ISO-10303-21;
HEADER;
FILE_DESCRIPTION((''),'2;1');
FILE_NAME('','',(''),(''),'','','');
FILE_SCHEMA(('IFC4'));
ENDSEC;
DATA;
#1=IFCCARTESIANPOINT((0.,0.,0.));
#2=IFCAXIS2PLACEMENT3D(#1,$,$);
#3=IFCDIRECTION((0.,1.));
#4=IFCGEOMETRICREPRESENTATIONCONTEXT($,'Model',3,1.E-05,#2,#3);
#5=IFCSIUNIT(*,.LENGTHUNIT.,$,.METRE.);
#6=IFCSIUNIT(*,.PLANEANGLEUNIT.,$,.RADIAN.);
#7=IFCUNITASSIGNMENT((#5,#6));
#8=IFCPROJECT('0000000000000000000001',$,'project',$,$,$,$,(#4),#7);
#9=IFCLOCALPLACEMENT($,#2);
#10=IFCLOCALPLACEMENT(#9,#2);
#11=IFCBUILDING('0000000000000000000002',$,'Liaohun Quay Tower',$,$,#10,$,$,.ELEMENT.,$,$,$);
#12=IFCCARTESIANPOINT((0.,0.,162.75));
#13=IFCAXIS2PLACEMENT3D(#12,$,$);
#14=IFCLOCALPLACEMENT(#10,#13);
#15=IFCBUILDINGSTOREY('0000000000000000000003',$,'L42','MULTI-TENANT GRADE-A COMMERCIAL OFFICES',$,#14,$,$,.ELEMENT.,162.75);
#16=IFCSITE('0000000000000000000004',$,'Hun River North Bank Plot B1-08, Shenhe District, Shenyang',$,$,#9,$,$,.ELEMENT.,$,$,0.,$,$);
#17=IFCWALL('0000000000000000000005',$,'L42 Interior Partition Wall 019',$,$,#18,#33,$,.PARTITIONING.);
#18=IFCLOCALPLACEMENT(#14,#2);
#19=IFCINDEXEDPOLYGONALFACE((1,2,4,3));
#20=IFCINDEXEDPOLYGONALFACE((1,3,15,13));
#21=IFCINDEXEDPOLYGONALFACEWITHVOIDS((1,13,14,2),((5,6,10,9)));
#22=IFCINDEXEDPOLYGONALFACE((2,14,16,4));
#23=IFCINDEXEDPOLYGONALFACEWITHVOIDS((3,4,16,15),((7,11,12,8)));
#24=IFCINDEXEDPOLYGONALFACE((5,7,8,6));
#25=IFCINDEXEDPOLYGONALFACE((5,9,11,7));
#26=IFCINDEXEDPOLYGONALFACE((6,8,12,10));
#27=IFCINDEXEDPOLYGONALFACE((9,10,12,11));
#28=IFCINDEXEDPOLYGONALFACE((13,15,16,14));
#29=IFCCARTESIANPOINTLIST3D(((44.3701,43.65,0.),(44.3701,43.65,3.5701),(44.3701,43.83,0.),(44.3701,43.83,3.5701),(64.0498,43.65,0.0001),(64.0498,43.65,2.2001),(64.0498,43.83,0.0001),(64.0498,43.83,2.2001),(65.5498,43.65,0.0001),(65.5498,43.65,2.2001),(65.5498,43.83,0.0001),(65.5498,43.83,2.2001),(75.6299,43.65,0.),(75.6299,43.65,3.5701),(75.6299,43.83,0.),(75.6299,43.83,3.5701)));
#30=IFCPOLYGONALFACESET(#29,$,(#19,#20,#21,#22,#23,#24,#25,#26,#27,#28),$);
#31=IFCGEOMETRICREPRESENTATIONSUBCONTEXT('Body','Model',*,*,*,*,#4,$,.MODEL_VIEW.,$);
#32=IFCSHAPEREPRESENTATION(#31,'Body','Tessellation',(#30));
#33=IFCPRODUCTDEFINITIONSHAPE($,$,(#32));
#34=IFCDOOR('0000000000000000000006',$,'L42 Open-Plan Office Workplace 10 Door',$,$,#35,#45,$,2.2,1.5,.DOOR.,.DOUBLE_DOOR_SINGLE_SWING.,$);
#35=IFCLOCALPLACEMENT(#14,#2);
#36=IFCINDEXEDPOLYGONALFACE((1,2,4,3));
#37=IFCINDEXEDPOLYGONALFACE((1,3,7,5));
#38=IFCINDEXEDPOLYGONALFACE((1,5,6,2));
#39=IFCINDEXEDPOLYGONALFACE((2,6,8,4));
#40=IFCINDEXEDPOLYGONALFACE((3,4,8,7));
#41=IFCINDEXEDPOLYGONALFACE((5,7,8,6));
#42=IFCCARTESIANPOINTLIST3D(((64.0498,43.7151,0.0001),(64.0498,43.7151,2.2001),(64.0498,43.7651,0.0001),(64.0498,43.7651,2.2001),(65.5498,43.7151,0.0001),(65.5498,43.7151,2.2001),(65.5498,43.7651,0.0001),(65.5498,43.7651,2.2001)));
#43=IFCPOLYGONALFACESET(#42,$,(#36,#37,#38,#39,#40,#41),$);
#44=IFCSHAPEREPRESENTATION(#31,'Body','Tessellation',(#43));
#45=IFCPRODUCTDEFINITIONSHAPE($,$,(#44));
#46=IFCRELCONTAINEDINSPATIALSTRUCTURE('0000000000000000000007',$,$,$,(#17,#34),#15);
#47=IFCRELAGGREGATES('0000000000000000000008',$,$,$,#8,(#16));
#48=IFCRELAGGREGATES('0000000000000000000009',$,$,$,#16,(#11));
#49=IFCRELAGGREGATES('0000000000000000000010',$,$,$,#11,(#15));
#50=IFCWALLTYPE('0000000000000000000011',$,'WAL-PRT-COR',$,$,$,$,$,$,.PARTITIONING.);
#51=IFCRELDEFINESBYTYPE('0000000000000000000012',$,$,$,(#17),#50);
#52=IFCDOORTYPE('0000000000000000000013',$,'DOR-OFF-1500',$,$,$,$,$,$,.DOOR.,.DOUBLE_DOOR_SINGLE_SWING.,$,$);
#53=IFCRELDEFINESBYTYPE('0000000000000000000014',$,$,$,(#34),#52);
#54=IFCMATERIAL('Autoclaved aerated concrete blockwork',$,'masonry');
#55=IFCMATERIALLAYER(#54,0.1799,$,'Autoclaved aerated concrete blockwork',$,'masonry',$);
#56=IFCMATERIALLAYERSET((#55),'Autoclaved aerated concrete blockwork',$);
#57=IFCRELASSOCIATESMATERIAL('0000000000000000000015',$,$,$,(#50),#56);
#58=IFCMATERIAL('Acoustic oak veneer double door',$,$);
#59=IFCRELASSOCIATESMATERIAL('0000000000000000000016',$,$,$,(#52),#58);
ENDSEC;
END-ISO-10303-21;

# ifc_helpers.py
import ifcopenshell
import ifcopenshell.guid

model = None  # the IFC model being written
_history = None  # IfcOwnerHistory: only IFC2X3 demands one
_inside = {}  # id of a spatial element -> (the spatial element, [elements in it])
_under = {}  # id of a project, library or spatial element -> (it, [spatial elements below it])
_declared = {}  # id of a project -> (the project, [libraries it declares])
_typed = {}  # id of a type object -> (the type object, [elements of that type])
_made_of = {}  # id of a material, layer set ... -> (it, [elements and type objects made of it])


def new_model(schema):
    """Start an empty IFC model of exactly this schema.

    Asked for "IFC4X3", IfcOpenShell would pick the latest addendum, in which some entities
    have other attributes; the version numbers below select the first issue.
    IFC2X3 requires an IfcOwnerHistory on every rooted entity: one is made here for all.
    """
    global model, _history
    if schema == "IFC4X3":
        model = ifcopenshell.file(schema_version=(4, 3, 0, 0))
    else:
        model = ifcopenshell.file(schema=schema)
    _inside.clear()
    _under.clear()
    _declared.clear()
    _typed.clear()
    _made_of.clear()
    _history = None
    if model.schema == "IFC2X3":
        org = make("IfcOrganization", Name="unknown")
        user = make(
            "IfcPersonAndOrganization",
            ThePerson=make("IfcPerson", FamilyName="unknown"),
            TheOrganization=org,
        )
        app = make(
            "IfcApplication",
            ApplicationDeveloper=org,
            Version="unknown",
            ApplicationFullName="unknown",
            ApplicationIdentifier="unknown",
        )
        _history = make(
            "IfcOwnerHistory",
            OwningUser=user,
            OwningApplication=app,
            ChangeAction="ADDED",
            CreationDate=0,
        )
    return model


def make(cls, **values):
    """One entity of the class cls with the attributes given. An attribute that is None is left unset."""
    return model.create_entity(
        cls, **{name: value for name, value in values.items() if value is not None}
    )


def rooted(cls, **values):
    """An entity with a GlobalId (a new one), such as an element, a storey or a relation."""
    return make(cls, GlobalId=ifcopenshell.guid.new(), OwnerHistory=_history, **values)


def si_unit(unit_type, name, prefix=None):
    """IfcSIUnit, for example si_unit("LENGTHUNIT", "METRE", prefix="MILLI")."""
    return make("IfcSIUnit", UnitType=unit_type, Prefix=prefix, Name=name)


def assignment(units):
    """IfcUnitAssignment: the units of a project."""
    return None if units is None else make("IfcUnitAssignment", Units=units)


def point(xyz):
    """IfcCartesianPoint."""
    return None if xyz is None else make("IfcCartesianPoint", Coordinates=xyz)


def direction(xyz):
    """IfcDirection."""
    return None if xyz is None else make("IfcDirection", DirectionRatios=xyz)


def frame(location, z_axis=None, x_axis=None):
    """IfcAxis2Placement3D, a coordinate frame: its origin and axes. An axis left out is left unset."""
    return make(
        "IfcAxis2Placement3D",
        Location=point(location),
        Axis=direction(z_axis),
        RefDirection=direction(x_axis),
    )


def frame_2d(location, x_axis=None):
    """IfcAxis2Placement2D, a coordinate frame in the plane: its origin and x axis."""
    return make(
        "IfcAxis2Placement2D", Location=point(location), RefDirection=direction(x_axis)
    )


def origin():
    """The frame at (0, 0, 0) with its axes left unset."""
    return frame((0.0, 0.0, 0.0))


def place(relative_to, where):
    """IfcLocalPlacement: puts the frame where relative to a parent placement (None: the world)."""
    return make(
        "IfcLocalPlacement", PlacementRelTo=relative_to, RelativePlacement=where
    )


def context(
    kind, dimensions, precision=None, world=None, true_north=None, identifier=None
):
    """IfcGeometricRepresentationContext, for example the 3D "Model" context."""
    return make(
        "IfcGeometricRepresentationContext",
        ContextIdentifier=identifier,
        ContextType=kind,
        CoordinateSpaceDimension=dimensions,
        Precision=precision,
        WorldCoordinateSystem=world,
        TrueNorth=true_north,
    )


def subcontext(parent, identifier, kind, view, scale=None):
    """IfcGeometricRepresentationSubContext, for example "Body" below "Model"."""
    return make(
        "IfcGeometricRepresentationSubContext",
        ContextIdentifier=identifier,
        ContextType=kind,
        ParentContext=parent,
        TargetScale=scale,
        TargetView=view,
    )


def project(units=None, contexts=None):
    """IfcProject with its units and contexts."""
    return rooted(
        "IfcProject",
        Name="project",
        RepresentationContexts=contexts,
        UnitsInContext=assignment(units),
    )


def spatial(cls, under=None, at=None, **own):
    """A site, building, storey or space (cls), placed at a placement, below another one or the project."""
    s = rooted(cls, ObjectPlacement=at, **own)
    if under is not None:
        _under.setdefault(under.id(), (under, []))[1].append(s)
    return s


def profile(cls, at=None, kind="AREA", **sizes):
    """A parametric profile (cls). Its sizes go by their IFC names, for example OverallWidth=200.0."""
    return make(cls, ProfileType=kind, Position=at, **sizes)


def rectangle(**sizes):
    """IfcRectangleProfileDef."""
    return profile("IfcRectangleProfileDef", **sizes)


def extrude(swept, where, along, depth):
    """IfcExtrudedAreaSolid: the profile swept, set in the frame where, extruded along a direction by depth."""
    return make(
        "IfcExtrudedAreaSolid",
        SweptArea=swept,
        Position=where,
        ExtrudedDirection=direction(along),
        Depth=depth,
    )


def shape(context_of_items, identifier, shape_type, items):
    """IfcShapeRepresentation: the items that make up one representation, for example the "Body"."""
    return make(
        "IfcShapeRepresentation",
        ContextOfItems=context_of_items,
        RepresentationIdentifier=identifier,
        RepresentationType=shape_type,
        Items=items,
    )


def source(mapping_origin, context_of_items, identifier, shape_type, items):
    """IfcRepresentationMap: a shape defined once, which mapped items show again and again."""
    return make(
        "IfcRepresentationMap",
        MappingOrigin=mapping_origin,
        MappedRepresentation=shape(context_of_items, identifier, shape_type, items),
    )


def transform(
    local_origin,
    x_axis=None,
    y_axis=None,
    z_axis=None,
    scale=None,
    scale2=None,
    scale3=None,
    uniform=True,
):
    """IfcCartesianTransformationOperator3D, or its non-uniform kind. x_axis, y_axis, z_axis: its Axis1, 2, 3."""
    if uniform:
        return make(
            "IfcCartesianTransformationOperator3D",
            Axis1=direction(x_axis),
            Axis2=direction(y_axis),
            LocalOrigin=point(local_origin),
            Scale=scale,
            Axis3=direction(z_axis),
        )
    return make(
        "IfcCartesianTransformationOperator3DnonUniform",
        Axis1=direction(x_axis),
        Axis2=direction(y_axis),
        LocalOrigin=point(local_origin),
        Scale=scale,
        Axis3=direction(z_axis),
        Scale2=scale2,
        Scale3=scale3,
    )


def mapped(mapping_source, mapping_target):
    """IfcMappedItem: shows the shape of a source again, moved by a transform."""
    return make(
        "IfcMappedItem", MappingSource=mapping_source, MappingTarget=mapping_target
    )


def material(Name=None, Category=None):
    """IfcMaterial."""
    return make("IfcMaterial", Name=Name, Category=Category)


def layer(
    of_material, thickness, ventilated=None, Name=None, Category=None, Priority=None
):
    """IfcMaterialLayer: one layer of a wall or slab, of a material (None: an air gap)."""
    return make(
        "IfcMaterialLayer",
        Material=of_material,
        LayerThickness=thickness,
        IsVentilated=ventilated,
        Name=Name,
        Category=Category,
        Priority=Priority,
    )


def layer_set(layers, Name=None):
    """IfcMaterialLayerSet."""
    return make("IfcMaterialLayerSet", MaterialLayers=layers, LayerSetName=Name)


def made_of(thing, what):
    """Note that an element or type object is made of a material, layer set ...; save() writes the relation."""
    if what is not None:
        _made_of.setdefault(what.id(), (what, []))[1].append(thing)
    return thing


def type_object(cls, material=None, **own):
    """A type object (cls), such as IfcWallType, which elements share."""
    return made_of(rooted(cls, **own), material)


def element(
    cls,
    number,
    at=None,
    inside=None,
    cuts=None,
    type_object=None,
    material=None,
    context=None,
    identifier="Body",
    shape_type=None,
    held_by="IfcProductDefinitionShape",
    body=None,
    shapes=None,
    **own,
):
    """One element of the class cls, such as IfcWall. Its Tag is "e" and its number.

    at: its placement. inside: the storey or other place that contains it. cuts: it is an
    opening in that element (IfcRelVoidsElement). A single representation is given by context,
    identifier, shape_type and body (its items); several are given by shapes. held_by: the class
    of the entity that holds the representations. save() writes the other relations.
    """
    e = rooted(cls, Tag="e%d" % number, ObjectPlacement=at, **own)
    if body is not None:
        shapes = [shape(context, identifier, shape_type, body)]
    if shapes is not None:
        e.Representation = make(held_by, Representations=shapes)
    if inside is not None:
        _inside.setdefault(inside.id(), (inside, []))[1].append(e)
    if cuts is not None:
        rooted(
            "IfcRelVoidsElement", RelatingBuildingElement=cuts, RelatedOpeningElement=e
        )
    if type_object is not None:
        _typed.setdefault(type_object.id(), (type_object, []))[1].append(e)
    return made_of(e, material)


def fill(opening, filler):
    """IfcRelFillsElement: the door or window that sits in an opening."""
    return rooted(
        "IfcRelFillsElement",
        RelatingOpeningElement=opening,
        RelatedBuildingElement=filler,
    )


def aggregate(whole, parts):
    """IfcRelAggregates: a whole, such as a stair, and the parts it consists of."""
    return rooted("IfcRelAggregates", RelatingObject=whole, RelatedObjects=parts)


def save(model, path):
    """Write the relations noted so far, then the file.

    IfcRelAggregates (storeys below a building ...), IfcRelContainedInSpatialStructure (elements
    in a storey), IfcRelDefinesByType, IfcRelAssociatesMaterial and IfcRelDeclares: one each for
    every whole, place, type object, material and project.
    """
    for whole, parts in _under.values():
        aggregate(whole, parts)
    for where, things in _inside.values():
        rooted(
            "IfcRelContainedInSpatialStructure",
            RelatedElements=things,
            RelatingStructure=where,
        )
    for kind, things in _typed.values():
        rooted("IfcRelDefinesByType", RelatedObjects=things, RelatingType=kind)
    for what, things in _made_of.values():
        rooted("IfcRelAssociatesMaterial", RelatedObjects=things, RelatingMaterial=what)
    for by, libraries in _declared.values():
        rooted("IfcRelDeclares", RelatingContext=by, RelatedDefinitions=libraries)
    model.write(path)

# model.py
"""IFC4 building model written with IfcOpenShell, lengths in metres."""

from ifc_helpers import new_model, si_unit, direction, frame, frame_2d, origin, place, context, subcontext, project, spatial, rectangle, extrude, source, transform, mapped, material, layer, layer_set, type_object, element, fill, save


model = new_model("IFC4")

# Units and contexts
model_context = context("Model", 3, precision=1e-05, world=origin(), true_north=direction((0.0, 1.0)))
body_context = subcontext(model_context, "Body", "Model", "MODEL_VIEW")
ifc_project = project(units=[si_unit("LENGTHUNIT", "METRE"), si_unit("PLANEANGLEUNIT", "RADIAN")], contexts=[model_context])

# Site, building, storey
site_placement = place(None, origin())
site = spatial("IfcSite", under=ifc_project, at=site_placement, Name="Hun River North Bank Plot B1-08, Shenhe District, Shenyang", CompositionType="ELEMENT", RefElevation=0.0)
building_placement = place(site_placement, origin())
building = spatial("IfcBuilding", under=site, at=building_placement, Name="Liaohun Quay Tower", CompositionType="ELEMENT")
storey_placement = place(building_placement, frame((0.0, 0.0, 162.75)))
storey = spatial("IfcBuildingStorey", under=building, at=storey_placement, Name="L42", Description="MULTI-TENANT GRADE-A COMMERCIAL OFFICES", CompositionType="ELEMENT", Elevation=162.75)

# Wall, opening, door
ifc_material_1 = material(Name="Autoclaved aerated concrete blockwork", Category="masonry")
ifc_layer_1 = layer(ifc_material_1, 0.1799, Name="Autoclaved aerated concrete blockwork", Category="masonry")
ifc_layer_set_1 = layer_set([ifc_layer_1], Name="Autoclaved aerated concrete blockwork")
wall_type_1 = type_object("IfcWallType", Name="WAL-PRT-COR", PredefinedType="PARTITIONING", material=ifc_layer_set_1)
wall_1_placement = place(storey_placement, frame((75.6299, 43.74, 0.0), z_axis=(0.0, 0.0, 1.0), x_axis=(-1.0, 0.0, 0.0)))
wall_1 = element("IfcWall", 1, at=wall_1_placement, inside=storey, type_object=wall_type_1, Name="L42 Interior Partition Wall 019", PredefinedType="PARTITIONING", context=body_context, shape_type="SweptSolid", body=[
    extrude(rectangle(XDim=31.2598, YDim=0.1799, at=frame_2d((15.6299, 0.0))), origin(), (0.0, 0.0, 1.0), 3.5701),
])
shared_shape_1 = source(origin(), body_context, "Body", "SweptSolid", [
    extrude(rectangle(XDim=1.5, YDim=2.2, at=frame_2d((0.75, 1.1001))), frame((0.0, 0.0999, 0.0), z_axis=(0.0, -1.0, 0.0), x_axis=(1.0, 0.0, 0.0)), (0.0, 0.0, 1.0), 0.2),
])
opening_1_placement = place(wall_1_placement, frame((10.0801, 0.0, 0.0)))
opening_1 = element("IfcOpeningElement", 2, at=opening_1_placement, cuts=wall_1, PredefinedType="OPENING", context=body_context, shape_type="MappedRepresentation", body=[
    mapped(shared_shape_1, transform((0.0, 0.0, 0.0), x_axis=(1.0, 0.0, 0.0), y_axis=(0.0, 1.0, 0.0), z_axis=(0.0, 0.0, 1.0), scale=1.0)),
])
ifc_material_2 = material(Name="Acoustic oak veneer double door")
door_type = type_object("IfcDoorType", Name="DOR-OFF-1500", OperationType="DOUBLE_DOOR_SINGLE_SWING", PredefinedType="DOOR", material=ifc_material_2)
shared_shape_2 = source(origin(), body_context, "Body", "SweptSolid", [
    extrude(rectangle(XDim=1.5, YDim=2.2, at=frame_2d((0.75, 1.1001))), frame((0.0, 0.0249, 0.0), z_axis=(0.0, -1.0, 0.0), x_axis=(1.0, 0.0, 0.0)), (0.0, 0.0, 1.0), 0.05),
])
door_placement = place(opening_1_placement, origin())
door = element("IfcDoor", 3, at=door_placement, inside=storey, type_object=door_type, Name="L42 Open-Plan Office Workplace 10 Door", OperationType="DOUBLE_DOOR_SINGLE_SWING", OverallHeight=2.2, OverallWidth=1.5, PredefinedType="DOOR", context=body_context, shape_type="MappedRepresentation", body=[
    mapped(shared_shape_2, transform((0.0, 0.0, 0.0), x_axis=(1.0, 0.0, 0.0), y_axis=(0.0, 1.0, 0.0), z_axis=(0.0, 0.0, 1.0), scale=1.0)),
])
fill(opening_1, door)

save(model, "model.ifc")
